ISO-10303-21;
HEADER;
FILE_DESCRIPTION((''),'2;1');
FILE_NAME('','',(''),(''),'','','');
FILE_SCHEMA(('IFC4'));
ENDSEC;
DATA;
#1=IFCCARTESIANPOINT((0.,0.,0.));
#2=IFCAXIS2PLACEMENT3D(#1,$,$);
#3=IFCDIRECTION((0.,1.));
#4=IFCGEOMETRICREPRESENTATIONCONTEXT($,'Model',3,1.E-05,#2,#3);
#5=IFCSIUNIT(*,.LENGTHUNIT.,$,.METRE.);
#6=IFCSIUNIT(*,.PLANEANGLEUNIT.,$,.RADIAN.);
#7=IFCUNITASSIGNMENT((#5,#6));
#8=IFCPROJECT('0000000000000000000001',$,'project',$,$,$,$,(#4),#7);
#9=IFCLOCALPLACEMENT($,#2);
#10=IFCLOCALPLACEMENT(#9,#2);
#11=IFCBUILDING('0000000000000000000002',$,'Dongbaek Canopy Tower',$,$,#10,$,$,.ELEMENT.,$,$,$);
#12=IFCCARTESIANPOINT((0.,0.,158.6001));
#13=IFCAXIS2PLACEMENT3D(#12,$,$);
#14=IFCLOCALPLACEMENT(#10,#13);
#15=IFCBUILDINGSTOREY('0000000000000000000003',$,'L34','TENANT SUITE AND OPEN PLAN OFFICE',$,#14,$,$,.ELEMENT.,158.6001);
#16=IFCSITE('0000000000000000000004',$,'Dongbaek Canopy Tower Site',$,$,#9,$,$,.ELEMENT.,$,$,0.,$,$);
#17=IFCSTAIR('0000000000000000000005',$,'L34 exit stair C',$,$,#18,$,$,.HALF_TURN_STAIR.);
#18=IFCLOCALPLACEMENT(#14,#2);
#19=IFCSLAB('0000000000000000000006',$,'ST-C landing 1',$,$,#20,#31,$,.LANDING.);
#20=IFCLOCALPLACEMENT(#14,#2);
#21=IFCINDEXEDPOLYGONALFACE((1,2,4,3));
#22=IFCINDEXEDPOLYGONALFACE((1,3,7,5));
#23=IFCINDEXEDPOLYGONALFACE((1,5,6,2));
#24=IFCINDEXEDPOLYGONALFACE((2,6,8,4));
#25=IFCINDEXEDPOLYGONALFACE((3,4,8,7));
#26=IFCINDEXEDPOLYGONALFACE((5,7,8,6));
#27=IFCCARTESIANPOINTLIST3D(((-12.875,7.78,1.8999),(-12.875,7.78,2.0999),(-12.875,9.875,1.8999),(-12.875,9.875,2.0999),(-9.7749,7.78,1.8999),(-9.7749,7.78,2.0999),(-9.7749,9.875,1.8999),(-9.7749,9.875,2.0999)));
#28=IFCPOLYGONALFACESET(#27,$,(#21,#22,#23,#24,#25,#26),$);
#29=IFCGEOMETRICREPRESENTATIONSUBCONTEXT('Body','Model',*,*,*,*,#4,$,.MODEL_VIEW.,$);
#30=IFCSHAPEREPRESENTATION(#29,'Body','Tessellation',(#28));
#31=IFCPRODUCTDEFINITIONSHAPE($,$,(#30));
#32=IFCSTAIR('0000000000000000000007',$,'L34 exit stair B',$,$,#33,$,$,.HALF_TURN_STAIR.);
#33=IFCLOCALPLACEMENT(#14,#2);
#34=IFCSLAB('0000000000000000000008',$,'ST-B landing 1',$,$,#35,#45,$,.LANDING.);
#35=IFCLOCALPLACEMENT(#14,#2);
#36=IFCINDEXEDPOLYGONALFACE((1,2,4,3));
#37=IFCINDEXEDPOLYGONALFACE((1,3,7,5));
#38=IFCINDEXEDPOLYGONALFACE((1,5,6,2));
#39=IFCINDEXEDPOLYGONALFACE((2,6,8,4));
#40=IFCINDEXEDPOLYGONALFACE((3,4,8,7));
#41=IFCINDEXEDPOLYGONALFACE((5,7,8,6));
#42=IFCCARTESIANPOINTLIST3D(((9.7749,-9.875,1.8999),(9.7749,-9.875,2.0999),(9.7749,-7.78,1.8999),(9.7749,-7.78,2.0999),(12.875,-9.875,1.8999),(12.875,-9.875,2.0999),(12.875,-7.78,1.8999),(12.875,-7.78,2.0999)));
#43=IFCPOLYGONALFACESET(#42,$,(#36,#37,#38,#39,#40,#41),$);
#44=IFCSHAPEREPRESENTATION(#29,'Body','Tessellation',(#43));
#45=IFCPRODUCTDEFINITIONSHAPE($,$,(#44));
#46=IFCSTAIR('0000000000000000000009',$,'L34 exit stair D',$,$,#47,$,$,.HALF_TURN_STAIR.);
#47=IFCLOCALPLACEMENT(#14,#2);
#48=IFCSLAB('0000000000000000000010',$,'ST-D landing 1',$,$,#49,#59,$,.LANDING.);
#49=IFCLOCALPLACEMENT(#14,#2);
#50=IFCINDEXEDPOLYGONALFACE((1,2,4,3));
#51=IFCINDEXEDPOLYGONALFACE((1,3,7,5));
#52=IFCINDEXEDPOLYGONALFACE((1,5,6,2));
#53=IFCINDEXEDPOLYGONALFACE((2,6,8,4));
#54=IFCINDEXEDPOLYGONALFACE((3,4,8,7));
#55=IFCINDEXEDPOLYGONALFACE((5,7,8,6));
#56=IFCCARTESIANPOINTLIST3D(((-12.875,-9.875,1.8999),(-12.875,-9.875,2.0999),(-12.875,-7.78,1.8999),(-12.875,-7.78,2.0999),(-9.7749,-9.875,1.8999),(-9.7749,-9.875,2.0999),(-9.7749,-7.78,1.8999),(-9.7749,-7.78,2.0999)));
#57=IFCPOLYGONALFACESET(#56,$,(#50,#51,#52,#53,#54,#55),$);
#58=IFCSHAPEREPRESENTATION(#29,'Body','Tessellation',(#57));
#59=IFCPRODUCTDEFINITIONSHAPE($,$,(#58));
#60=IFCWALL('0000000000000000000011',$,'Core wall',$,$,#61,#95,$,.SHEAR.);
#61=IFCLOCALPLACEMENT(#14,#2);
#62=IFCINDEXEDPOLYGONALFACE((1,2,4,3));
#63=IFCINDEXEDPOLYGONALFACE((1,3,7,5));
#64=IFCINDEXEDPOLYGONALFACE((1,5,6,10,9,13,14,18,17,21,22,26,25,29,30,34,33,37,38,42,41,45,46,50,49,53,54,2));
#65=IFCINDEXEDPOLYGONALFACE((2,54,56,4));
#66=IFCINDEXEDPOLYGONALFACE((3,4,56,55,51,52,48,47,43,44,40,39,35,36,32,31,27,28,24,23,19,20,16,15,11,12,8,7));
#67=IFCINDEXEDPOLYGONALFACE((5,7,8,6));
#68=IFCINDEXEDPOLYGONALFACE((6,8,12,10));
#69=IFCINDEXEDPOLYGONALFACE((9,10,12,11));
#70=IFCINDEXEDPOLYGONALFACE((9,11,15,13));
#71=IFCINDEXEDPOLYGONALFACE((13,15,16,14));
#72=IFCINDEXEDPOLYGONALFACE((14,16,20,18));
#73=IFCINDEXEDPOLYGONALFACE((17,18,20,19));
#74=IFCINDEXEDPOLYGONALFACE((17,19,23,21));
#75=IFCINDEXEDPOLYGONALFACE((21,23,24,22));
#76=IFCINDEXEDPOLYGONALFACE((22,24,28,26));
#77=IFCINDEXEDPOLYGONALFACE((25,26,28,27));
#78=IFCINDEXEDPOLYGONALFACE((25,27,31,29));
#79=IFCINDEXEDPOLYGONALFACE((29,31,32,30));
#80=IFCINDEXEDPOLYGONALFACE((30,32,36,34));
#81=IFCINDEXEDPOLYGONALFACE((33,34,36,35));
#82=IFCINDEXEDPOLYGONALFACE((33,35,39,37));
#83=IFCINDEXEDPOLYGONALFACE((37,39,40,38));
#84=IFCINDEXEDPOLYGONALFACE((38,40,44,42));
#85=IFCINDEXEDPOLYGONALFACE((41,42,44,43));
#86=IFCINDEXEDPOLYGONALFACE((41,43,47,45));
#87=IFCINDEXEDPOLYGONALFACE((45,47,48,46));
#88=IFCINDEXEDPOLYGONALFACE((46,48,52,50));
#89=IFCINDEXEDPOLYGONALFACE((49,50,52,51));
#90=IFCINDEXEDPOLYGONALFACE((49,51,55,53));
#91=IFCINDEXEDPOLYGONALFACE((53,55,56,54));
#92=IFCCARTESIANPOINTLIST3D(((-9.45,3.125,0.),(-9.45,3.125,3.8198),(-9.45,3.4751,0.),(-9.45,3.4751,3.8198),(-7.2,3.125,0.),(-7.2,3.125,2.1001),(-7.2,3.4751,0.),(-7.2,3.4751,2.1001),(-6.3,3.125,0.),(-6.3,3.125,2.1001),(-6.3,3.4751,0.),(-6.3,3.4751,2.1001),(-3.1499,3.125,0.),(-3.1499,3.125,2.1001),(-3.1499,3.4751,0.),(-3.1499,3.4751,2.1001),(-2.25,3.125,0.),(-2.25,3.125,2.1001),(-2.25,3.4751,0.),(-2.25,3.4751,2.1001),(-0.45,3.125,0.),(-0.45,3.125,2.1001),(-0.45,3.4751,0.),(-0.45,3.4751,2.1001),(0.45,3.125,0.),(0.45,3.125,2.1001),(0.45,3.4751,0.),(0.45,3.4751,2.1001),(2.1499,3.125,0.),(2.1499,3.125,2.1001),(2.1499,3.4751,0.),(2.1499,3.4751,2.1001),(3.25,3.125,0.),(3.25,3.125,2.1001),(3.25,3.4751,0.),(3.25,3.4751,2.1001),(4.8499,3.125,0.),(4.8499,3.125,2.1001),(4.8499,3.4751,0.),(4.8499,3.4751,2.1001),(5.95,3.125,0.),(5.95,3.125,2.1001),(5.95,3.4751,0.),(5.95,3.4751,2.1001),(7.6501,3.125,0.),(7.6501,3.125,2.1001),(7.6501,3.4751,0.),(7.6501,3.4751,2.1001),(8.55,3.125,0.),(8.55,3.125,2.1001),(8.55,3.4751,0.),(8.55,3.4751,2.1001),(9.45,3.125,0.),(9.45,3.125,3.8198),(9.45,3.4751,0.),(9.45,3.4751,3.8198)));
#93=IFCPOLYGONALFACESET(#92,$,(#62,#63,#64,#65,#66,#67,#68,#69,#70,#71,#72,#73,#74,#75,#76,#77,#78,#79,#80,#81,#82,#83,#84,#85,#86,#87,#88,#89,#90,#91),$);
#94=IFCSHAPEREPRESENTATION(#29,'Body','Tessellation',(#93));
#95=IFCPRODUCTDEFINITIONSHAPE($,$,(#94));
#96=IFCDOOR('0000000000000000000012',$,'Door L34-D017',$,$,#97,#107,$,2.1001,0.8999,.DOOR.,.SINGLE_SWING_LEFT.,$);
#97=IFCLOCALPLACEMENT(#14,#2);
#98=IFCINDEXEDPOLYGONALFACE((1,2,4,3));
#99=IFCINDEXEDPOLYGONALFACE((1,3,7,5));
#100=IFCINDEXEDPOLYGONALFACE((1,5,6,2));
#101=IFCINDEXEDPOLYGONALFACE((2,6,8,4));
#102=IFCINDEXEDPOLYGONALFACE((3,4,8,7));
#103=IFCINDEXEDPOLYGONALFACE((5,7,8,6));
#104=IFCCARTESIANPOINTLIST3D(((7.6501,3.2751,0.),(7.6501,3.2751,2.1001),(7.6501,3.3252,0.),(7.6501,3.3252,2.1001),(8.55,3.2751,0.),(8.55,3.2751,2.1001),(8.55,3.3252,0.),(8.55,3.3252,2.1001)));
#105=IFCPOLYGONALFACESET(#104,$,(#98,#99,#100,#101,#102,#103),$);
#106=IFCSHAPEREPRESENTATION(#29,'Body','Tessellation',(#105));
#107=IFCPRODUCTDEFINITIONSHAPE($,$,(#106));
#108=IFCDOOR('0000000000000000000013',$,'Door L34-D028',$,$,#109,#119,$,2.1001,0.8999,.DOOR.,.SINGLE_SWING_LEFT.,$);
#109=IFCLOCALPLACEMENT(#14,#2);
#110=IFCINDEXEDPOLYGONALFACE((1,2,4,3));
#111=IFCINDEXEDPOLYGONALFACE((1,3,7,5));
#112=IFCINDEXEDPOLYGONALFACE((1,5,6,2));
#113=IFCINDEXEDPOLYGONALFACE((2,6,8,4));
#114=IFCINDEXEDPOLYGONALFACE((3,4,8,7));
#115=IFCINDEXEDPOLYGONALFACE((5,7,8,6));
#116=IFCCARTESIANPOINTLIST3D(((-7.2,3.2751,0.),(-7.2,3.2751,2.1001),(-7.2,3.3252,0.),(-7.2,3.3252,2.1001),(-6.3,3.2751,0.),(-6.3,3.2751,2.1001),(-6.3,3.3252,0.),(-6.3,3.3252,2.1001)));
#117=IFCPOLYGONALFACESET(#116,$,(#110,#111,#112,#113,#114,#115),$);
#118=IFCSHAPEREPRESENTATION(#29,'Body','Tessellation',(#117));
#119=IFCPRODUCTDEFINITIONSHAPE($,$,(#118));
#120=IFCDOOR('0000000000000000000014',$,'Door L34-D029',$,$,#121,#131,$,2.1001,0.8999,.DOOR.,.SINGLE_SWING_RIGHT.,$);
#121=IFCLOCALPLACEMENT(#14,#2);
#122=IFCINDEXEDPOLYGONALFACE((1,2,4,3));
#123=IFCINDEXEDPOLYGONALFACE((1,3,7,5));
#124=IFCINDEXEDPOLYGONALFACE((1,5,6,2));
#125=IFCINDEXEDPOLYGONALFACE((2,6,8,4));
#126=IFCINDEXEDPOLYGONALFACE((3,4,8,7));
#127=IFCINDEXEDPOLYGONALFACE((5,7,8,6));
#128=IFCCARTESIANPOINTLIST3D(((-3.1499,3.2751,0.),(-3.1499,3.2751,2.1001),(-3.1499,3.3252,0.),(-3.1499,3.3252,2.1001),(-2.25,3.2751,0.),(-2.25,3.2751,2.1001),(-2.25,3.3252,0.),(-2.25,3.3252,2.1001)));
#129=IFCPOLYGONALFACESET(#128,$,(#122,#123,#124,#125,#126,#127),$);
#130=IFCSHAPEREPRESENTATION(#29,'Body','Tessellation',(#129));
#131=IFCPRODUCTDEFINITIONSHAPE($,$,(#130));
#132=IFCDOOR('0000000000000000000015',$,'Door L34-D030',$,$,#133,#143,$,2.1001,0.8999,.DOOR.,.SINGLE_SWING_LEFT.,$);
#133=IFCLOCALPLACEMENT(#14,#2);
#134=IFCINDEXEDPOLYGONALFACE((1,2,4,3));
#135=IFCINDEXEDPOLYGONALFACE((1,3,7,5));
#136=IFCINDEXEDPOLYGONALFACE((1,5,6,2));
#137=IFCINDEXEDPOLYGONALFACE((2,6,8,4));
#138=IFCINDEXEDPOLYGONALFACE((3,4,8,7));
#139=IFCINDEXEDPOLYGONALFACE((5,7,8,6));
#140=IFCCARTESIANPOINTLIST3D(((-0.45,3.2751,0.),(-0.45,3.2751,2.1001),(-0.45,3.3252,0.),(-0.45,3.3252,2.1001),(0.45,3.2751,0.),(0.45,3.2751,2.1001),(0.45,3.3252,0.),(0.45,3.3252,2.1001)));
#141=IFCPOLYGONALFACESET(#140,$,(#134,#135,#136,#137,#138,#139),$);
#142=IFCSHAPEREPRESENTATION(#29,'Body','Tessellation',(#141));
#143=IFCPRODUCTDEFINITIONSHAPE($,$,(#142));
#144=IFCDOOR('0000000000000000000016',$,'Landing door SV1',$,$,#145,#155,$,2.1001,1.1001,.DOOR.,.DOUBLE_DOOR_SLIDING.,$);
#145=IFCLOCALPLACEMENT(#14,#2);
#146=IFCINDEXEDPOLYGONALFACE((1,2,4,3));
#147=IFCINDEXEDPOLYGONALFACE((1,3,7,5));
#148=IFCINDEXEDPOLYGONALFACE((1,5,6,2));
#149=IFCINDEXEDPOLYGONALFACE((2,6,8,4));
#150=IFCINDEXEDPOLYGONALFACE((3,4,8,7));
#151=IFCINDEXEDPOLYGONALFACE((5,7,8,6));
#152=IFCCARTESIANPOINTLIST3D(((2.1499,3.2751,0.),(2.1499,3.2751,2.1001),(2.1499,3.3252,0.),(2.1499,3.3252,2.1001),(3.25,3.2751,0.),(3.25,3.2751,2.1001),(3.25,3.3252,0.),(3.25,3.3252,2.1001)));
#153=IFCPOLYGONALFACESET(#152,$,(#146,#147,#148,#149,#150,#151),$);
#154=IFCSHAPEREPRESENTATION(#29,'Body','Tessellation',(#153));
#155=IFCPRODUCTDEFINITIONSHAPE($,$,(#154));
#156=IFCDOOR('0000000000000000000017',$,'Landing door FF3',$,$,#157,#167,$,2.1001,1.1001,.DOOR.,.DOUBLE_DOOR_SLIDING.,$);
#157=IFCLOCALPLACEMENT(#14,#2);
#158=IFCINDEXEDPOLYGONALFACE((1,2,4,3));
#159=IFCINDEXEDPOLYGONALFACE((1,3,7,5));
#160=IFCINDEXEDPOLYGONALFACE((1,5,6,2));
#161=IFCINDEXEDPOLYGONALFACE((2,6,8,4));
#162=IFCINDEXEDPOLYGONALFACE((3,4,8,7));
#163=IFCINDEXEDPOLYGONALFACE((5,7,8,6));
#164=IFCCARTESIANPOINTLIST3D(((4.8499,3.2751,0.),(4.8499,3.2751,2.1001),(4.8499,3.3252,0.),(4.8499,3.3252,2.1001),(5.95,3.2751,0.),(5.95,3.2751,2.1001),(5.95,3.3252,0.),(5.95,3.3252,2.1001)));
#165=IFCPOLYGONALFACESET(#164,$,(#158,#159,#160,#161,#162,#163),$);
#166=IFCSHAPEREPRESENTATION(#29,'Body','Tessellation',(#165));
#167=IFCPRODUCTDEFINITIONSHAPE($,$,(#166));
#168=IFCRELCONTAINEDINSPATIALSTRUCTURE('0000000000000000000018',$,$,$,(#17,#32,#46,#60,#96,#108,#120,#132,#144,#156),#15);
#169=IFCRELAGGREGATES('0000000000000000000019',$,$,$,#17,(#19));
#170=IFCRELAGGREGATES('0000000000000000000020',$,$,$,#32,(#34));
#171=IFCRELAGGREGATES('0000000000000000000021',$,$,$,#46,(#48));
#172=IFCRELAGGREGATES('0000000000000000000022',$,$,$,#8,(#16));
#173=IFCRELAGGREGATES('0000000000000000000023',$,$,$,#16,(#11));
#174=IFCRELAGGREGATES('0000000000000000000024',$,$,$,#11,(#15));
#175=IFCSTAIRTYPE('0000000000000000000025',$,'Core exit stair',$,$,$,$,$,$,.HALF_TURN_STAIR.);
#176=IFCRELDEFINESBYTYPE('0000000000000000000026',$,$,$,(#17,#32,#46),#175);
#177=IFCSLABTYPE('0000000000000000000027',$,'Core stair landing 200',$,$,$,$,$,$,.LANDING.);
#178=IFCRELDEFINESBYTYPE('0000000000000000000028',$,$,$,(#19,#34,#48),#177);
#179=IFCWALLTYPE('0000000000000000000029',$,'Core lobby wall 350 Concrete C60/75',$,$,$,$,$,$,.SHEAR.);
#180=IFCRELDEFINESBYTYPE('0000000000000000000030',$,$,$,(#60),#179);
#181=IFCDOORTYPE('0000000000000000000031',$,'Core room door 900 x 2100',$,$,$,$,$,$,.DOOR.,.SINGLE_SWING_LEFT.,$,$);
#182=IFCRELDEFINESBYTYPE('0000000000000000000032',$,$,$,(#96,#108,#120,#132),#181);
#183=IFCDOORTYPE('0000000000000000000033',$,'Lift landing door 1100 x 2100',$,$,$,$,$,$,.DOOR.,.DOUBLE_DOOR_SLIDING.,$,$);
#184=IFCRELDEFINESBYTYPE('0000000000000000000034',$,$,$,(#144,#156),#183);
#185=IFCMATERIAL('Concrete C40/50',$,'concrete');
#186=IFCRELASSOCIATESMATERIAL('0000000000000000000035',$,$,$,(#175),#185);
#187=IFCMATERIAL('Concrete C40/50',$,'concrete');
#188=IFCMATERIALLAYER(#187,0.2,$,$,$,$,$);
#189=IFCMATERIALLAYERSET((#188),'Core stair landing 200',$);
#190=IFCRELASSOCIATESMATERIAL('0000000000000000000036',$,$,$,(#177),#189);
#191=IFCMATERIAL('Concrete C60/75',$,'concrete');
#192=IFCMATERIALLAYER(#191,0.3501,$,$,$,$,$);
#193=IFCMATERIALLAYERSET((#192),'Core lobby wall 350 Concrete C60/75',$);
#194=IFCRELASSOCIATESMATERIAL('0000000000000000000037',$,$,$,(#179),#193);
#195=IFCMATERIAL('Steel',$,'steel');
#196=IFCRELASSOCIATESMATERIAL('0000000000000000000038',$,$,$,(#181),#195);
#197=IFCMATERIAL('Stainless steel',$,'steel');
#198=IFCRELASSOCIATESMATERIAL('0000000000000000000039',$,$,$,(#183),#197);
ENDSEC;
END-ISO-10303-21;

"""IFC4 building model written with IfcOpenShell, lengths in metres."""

from ifc_helpers import new_model, si_unit, direction, frame, frame_2d, origin, place, context, subcontext, project, spatial, polyline, rectangle, outline, extrude, material, layer, layer_set, type_object, element, fill, aggregate, save


model = new_model("IFC4")

# Units and contexts
model_context = context("Model", 3, precision=1e-05, world=origin(), true_north=direction((0.0, 1.0)))
body_context = subcontext(model_context, "Body", "Model", "MODEL_VIEW")
ifc_project = project(units=[si_unit("LENGTHUNIT", "METRE"), si_unit("PLANEANGLEUNIT", "RADIAN")], contexts=[model_context])

# Site, building, storey
site_placement = place(None, origin())
site = spatial("IfcSite", under=ifc_project, at=site_placement, Name="Dongbaek Canopy Tower Site", CompositionType="ELEMENT", RefElevation=0.0)
building_placement = place(site_placement, origin())
building = spatial("IfcBuilding", under=site, at=building_placement, Name="Dongbaek Canopy Tower", CompositionType="ELEMENT")
storey_placement = place(building_placement, frame((0.0, 0.0, 158.6001)))
storey = spatial("IfcBuildingStorey", under=building, at=storey_placement, Name="L34", Description="TENANT SUITE AND OPEN PLAN OFFICE", CompositionType="ELEMENT", Elevation=158.6001)

# Stairs, slabs
ifc_material_1 = material(Name="Concrete C40/50", Category="concrete")
stair_type = type_object("IfcStairType", Name="Core exit stair", PredefinedType="HALF_TURN_STAIR", material=ifc_material_1)
stair_1_placement = place(storey_placement, origin())
stair_1 = element("IfcStair", 1, at=stair_1_placement, inside=storey, type_object=stair_type, Name="L34 exit stair C", PredefinedType="HALF_TURN_STAIR")
ifc_material_2 = material(Name="Concrete C40/50", Category="concrete")
ifc_layer_1 = layer(ifc_material_2, 0.2)
ifc_layer_set_1 = layer_set([ifc_layer_1], Name="Core stair landing 200")
slab_type = type_object("IfcSlabType", Name="Core stair landing 200", PredefinedType="LANDING", material=ifc_layer_set_1)
slab_1_placement = place(storey_placement, frame((0.0, 0.0, 1.8999)))
slab_1 = element("IfcSlab", 2, at=slab_1_placement, type_object=slab_type, Name="ST-C landing 1", PredefinedType="LANDING", context=body_context, shape_type="SweptSolid", body=[
    extrude(outline(polyline([(-9.7749, 7.78), (-9.7749, 9.875), (-12.875, 9.875), (-12.875, 7.78), (-9.7749, 7.78)])), origin(), (0.0, 0.0, 1.0), 0.2),
])
aggregate(stair_1, [slab_1])
stair_2_placement = place(storey_placement, origin())
stair_2 = element("IfcStair", 3, at=stair_2_placement, inside=storey, type_object=stair_type, Name="L34 exit stair B", PredefinedType="HALF_TURN_STAIR")
slab_2_placement = place(storey_placement, frame((0.0, 0.0, 1.8999)))
slab_2 = element("IfcSlab", 4, at=slab_2_placement, type_object=slab_type, Name="ST-B landing 1", PredefinedType="LANDING", context=body_context, shape_type="SweptSolid", body=[
    extrude(outline(polyline([(9.7749, -7.78), (9.7749, -9.875), (12.875, -9.875), (12.875, -7.78), (9.7749, -7.78)])), origin(), (0.0, 0.0, 1.0), 0.2),
])
aggregate(stair_2, [slab_2])
stair_3_placement = place(storey_placement, origin())
stair_3 = element("IfcStair", 5, at=stair_3_placement, inside=storey, type_object=stair_type, Name="L34 exit stair D", PredefinedType="HALF_TURN_STAIR")
slab_3_placement = place(storey_placement, frame((0.0, 0.0, 1.8999)))
slab_3 = element("IfcSlab", 6, at=slab_3_placement, type_object=slab_type, Name="ST-D landing 1", PredefinedType="LANDING", context=body_context, shape_type="SweptSolid", body=[
    extrude(outline(polyline([(-12.875, -7.78), (-12.875, -9.875), (-9.7749, -9.875), (-9.7749, -7.78), (-12.875, -7.78)])), origin(), (0.0, 0.0, 1.0), 0.2),
])
aggregate(stair_3, [slab_3])

# Wall, openings, doors
ifc_material_3 = material(Name="Concrete C60/75", Category="concrete")
ifc_layer_2 = layer(ifc_material_3, 0.3501)
ifc_layer_set_2 = layer_set([ifc_layer_2], Name="Core lobby wall 350 Concrete C60/75")
wall_type_1 = type_object("IfcWallType", Name="Core lobby wall 350 Concrete C60/75", PredefinedType="SHEAR", material=ifc_layer_set_2)
wall_1_placement = place(storey_placement, frame((9.45, 3.3, 0.0), z_axis=(0.0, 0.0, 1.0), x_axis=(-1.0, 0.0, 0.0)))
wall_1 = element("IfcWall", 7, at=wall_1_placement, inside=storey, type_object=wall_type_1, Name="Core wall", PredefinedType="SHEAR", context=body_context, shape_type="SweptSolid", body=[
    extrude(rectangle(XDim=18.8999, YDim=0.3501, at=frame_2d((9.45, 0.0))), origin(), (0.0, 0.0, 1.0), 3.8198),
])
opening_1_placement = place(wall_1_placement, frame((6.2, 0.0, 0.0)))
opening_1 = element("IfcOpeningElement", 8, at=opening_1_placement, cuts=wall_1, PredefinedType="OPENING", context=body_context, shape_type="SweptSolid", body=[
    extrude(rectangle(XDim=1.1001, YDim=2.1001, at=frame_2d((0.55, 1.05))), frame((0.0, 0.1851, 0.0), z_axis=(0.0, -1.0, 0.0), x_axis=(1.0, 0.0, 0.0)), (0.0, 0.0, 1.0), 0.3701),
])
opening_2_placement = place(wall_1_placement, frame((3.5, 0.0, 0.0)))
opening_2 = element("IfcOpeningElement", 9, at=opening_2_placement, cuts=wall_1, PredefinedType="OPENING", context=body_context, shape_type="SweptSolid", body=[
    extrude(rectangle(XDim=1.1001, YDim=2.1001, at=frame_2d((0.55, 1.05))), frame((0.0, 0.1851, 0.0), z_axis=(0.0, -1.0, 0.0), x_axis=(1.0, 0.0, 0.0)), (0.0, 0.0, 1.0), 0.3701),
])
opening_3_placement = place(wall_1_placement, frame((0.8999, 0.0, 0.0)))
opening_3 = element("IfcOpeningElement", 10, at=opening_3_placement, cuts=wall_1, PredefinedType="OPENING", context=body_context, shape_type="SweptSolid", body=[
    extrude(rectangle(XDim=0.8999, YDim=2.1001, at=frame_2d((0.45, 1.05))), frame((0.0, 0.1851, 0.0), z_axis=(0.0, -1.0, 0.0), x_axis=(1.0, 0.0, 0.0)), (0.0, 0.0, 1.0), 0.3701),
])
opening_4_placement = place(wall_1_placement, frame((15.75, 0.0, 0.0)))
opening_4 = element("IfcOpeningElement", 11, at=opening_4_placement, cuts=wall_1, PredefinedType="OPENING", context=body_context, shape_type="SweptSolid", body=[
    extrude(rectangle(XDim=0.8999, YDim=2.1001, at=frame_2d((0.45, 1.05))), frame((0.0, 0.1851, 0.0), z_axis=(0.0, -1.0, 0.0), x_axis=(1.0, 0.0, 0.0)), (0.0, 0.0, 1.0), 0.3701),
])
opening_5_placement = place(wall_1_placement, frame((11.7, 0.0, 0.0)))
opening_5 = element("IfcOpeningElement", 12, at=opening_5_placement, cuts=wall_1, PredefinedType="OPENING", context=body_context, shape_type="SweptSolid", body=[
    extrude(rectangle(XDim=0.8999, YDim=2.1001, at=frame_2d((0.45, 1.05))), frame((0.0, 0.1851, 0.0), z_axis=(0.0, -1.0, 0.0), x_axis=(1.0, 0.0, 0.0)), (0.0, 0.0, 1.0), 0.3701),
])
opening_6_placement = place(wall_1_placement, frame((9.0, 0.0, 0.0)))
opening_6 = element("IfcOpeningElement", 13, at=opening_6_placement, cuts=wall_1, PredefinedType="OPENING", context=body_context, shape_type="SweptSolid", body=[
    extrude(rectangle(XDim=0.8999, YDim=2.1001, at=frame_2d((0.45, 1.05))), frame((0.0, 0.1851, 0.0), z_axis=(0.0, -1.0, 0.0), x_axis=(1.0, 0.0, 0.0)), (0.0, 0.0, 1.0), 0.3701),
])
ifc_material_4 = material(Name="Steel", Category="steel")
door_type_1 = type_object("IfcDoorType", Name="Core room door 900 x 2100", OperationType="SINGLE_SWING_LEFT", PredefinedType="DOOR", material=ifc_material_4)
door_1_placement = place(opening_3_placement, origin())
door_1 = element("IfcDoor", 14, at=door_1_placement, inside=storey, type_object=door_type_1, Name="Door L34-D017", OperationType="SINGLE_SWING_LEFT", OverallHeight=2.1001, OverallWidth=0.8999, PredefinedType="DOOR", context=body_context, shape_type="SweptSolid", body=[
    extrude(rectangle(XDim=0.8999, YDim=2.1001, at=frame_2d((0.45, 1.05))), frame((0.0, 0.0249, 0.0), z_axis=(0.0, -1.0, 0.0), x_axis=(1.0, 0.0, 0.0)), (0.0, 0.0, 1.0), 0.05),
])
fill(opening_3, door_1)
door_2_placement = place(opening_4_placement, origin())
door_2 = element("IfcDoor", 15, at=door_2_placement, inside=storey, type_object=door_type_1, Name="Door L34-D028", OperationType="SINGLE_SWING_LEFT", OverallHeight=2.1001, OverallWidth=0.8999, PredefinedType="DOOR", context=body_context, shape_type="SweptSolid", body=[
    extrude(rectangle(XDim=0.8999, YDim=2.1001, at=frame_2d((0.45, 1.05))), frame((0.0, 0.0249, 0.0), z_axis=(0.0, -1.0, 0.0), x_axis=(1.0, 0.0, 0.0)), (0.0, 0.0, 1.0), 0.05),
])
fill(opening_4, door_2)
door_3_placement = place(opening_5_placement, origin())
door_3 = element("IfcDoor", 16, at=door_3_placement, inside=storey, type_object=door_type_1, Name="Door L34-D029", OperationType="SINGLE_SWING_RIGHT", OverallHeight=2.1001, OverallWidth=0.8999, PredefinedType="DOOR", context=body_context, shape_type="SweptSolid", body=[
    extrude(rectangle(XDim=0.8999, YDim=2.1001, at=frame_2d((0.45, 1.05))), frame((0.0, 0.0249, 0.0), z_axis=(0.0, -1.0, 0.0), x_axis=(1.0, 0.0, 0.0)), (0.0, 0.0, 1.0), 0.05),
])
fill(opening_5, door_3)
door_4_placement = place(opening_6_placement, origin())
door_4 = element("IfcDoor", 17, at=door_4_placement, inside=storey, type_object=door_type_1, Name="Door L34-D030", OperationType="SINGLE_SWING_LEFT", OverallHeight=2.1001, OverallWidth=0.8999, PredefinedType="DOOR", context=body_context, shape_type="SweptSolid", body=[
    extrude(rectangle(XDim=0.8999, YDim=2.1001, at=frame_2d((0.45, 1.05))), frame((0.0, 0.0249, 0.0), z_axis=(0.0, -1.0, 0.0), x_axis=(1.0, 0.0, 0.0)), (0.0, 0.0, 1.0), 0.05),
])
fill(opening_6, door_4)
ifc_material_5 = material(Name="Stainless steel", Category="steel")
door_type_2 = type_object("IfcDoorType", Name="Lift landing door 1100 x 2100", OperationType="DOUBLE_DOOR_SLIDING", PredefinedType="DOOR", material=ifc_material_5)
door_5_placement = place(opening_1_placement, origin())
door_5 = element("IfcDoor", 18, at=door_5_placement, inside=storey, type_object=door_type_2, Name="Landing door SV1", OperationType="DOUBLE_DOOR_SLIDING", OverallHeight=2.1001, OverallWidth=1.1001, PredefinedType="DOOR", context=body_context, shape_type="SweptSolid", body=[
    extrude(rectangle(XDim=1.1001, YDim=2.1001, at=frame_2d((0.55, 1.05))), frame((0.0, 0.0249, 0.0), z_axis=(0.0, -1.0, 0.0), x_axis=(1.0, 0.0, 0.0)), (0.0, 0.0, 1.0), 0.05),
])
fill(opening_1, door_5)
door_6_placement = place(opening_2_placement, origin())
door_6 = element("IfcDoor", 19, at=door_6_placement, inside=storey, type_object=door_type_2, Name="Landing door FF3", OperationType="DOUBLE_DOOR_SLIDING", OverallHeight=2.1001, OverallWidth=1.1001, PredefinedType="DOOR", context=body_context, shape_type="SweptSolid", body=[
    extrude(rectangle(XDim=1.1001, YDim=2.1001, at=frame_2d((0.55, 1.05))), frame((0.0, 0.0249, 0.0), z_axis=(0.0, -1.0, 0.0), x_axis=(1.0, 0.0, 0.0)), (0.0, 0.0, 1.0), 0.05),
])
fill(opening_2, door_6)

save(model, "model.ifc")
